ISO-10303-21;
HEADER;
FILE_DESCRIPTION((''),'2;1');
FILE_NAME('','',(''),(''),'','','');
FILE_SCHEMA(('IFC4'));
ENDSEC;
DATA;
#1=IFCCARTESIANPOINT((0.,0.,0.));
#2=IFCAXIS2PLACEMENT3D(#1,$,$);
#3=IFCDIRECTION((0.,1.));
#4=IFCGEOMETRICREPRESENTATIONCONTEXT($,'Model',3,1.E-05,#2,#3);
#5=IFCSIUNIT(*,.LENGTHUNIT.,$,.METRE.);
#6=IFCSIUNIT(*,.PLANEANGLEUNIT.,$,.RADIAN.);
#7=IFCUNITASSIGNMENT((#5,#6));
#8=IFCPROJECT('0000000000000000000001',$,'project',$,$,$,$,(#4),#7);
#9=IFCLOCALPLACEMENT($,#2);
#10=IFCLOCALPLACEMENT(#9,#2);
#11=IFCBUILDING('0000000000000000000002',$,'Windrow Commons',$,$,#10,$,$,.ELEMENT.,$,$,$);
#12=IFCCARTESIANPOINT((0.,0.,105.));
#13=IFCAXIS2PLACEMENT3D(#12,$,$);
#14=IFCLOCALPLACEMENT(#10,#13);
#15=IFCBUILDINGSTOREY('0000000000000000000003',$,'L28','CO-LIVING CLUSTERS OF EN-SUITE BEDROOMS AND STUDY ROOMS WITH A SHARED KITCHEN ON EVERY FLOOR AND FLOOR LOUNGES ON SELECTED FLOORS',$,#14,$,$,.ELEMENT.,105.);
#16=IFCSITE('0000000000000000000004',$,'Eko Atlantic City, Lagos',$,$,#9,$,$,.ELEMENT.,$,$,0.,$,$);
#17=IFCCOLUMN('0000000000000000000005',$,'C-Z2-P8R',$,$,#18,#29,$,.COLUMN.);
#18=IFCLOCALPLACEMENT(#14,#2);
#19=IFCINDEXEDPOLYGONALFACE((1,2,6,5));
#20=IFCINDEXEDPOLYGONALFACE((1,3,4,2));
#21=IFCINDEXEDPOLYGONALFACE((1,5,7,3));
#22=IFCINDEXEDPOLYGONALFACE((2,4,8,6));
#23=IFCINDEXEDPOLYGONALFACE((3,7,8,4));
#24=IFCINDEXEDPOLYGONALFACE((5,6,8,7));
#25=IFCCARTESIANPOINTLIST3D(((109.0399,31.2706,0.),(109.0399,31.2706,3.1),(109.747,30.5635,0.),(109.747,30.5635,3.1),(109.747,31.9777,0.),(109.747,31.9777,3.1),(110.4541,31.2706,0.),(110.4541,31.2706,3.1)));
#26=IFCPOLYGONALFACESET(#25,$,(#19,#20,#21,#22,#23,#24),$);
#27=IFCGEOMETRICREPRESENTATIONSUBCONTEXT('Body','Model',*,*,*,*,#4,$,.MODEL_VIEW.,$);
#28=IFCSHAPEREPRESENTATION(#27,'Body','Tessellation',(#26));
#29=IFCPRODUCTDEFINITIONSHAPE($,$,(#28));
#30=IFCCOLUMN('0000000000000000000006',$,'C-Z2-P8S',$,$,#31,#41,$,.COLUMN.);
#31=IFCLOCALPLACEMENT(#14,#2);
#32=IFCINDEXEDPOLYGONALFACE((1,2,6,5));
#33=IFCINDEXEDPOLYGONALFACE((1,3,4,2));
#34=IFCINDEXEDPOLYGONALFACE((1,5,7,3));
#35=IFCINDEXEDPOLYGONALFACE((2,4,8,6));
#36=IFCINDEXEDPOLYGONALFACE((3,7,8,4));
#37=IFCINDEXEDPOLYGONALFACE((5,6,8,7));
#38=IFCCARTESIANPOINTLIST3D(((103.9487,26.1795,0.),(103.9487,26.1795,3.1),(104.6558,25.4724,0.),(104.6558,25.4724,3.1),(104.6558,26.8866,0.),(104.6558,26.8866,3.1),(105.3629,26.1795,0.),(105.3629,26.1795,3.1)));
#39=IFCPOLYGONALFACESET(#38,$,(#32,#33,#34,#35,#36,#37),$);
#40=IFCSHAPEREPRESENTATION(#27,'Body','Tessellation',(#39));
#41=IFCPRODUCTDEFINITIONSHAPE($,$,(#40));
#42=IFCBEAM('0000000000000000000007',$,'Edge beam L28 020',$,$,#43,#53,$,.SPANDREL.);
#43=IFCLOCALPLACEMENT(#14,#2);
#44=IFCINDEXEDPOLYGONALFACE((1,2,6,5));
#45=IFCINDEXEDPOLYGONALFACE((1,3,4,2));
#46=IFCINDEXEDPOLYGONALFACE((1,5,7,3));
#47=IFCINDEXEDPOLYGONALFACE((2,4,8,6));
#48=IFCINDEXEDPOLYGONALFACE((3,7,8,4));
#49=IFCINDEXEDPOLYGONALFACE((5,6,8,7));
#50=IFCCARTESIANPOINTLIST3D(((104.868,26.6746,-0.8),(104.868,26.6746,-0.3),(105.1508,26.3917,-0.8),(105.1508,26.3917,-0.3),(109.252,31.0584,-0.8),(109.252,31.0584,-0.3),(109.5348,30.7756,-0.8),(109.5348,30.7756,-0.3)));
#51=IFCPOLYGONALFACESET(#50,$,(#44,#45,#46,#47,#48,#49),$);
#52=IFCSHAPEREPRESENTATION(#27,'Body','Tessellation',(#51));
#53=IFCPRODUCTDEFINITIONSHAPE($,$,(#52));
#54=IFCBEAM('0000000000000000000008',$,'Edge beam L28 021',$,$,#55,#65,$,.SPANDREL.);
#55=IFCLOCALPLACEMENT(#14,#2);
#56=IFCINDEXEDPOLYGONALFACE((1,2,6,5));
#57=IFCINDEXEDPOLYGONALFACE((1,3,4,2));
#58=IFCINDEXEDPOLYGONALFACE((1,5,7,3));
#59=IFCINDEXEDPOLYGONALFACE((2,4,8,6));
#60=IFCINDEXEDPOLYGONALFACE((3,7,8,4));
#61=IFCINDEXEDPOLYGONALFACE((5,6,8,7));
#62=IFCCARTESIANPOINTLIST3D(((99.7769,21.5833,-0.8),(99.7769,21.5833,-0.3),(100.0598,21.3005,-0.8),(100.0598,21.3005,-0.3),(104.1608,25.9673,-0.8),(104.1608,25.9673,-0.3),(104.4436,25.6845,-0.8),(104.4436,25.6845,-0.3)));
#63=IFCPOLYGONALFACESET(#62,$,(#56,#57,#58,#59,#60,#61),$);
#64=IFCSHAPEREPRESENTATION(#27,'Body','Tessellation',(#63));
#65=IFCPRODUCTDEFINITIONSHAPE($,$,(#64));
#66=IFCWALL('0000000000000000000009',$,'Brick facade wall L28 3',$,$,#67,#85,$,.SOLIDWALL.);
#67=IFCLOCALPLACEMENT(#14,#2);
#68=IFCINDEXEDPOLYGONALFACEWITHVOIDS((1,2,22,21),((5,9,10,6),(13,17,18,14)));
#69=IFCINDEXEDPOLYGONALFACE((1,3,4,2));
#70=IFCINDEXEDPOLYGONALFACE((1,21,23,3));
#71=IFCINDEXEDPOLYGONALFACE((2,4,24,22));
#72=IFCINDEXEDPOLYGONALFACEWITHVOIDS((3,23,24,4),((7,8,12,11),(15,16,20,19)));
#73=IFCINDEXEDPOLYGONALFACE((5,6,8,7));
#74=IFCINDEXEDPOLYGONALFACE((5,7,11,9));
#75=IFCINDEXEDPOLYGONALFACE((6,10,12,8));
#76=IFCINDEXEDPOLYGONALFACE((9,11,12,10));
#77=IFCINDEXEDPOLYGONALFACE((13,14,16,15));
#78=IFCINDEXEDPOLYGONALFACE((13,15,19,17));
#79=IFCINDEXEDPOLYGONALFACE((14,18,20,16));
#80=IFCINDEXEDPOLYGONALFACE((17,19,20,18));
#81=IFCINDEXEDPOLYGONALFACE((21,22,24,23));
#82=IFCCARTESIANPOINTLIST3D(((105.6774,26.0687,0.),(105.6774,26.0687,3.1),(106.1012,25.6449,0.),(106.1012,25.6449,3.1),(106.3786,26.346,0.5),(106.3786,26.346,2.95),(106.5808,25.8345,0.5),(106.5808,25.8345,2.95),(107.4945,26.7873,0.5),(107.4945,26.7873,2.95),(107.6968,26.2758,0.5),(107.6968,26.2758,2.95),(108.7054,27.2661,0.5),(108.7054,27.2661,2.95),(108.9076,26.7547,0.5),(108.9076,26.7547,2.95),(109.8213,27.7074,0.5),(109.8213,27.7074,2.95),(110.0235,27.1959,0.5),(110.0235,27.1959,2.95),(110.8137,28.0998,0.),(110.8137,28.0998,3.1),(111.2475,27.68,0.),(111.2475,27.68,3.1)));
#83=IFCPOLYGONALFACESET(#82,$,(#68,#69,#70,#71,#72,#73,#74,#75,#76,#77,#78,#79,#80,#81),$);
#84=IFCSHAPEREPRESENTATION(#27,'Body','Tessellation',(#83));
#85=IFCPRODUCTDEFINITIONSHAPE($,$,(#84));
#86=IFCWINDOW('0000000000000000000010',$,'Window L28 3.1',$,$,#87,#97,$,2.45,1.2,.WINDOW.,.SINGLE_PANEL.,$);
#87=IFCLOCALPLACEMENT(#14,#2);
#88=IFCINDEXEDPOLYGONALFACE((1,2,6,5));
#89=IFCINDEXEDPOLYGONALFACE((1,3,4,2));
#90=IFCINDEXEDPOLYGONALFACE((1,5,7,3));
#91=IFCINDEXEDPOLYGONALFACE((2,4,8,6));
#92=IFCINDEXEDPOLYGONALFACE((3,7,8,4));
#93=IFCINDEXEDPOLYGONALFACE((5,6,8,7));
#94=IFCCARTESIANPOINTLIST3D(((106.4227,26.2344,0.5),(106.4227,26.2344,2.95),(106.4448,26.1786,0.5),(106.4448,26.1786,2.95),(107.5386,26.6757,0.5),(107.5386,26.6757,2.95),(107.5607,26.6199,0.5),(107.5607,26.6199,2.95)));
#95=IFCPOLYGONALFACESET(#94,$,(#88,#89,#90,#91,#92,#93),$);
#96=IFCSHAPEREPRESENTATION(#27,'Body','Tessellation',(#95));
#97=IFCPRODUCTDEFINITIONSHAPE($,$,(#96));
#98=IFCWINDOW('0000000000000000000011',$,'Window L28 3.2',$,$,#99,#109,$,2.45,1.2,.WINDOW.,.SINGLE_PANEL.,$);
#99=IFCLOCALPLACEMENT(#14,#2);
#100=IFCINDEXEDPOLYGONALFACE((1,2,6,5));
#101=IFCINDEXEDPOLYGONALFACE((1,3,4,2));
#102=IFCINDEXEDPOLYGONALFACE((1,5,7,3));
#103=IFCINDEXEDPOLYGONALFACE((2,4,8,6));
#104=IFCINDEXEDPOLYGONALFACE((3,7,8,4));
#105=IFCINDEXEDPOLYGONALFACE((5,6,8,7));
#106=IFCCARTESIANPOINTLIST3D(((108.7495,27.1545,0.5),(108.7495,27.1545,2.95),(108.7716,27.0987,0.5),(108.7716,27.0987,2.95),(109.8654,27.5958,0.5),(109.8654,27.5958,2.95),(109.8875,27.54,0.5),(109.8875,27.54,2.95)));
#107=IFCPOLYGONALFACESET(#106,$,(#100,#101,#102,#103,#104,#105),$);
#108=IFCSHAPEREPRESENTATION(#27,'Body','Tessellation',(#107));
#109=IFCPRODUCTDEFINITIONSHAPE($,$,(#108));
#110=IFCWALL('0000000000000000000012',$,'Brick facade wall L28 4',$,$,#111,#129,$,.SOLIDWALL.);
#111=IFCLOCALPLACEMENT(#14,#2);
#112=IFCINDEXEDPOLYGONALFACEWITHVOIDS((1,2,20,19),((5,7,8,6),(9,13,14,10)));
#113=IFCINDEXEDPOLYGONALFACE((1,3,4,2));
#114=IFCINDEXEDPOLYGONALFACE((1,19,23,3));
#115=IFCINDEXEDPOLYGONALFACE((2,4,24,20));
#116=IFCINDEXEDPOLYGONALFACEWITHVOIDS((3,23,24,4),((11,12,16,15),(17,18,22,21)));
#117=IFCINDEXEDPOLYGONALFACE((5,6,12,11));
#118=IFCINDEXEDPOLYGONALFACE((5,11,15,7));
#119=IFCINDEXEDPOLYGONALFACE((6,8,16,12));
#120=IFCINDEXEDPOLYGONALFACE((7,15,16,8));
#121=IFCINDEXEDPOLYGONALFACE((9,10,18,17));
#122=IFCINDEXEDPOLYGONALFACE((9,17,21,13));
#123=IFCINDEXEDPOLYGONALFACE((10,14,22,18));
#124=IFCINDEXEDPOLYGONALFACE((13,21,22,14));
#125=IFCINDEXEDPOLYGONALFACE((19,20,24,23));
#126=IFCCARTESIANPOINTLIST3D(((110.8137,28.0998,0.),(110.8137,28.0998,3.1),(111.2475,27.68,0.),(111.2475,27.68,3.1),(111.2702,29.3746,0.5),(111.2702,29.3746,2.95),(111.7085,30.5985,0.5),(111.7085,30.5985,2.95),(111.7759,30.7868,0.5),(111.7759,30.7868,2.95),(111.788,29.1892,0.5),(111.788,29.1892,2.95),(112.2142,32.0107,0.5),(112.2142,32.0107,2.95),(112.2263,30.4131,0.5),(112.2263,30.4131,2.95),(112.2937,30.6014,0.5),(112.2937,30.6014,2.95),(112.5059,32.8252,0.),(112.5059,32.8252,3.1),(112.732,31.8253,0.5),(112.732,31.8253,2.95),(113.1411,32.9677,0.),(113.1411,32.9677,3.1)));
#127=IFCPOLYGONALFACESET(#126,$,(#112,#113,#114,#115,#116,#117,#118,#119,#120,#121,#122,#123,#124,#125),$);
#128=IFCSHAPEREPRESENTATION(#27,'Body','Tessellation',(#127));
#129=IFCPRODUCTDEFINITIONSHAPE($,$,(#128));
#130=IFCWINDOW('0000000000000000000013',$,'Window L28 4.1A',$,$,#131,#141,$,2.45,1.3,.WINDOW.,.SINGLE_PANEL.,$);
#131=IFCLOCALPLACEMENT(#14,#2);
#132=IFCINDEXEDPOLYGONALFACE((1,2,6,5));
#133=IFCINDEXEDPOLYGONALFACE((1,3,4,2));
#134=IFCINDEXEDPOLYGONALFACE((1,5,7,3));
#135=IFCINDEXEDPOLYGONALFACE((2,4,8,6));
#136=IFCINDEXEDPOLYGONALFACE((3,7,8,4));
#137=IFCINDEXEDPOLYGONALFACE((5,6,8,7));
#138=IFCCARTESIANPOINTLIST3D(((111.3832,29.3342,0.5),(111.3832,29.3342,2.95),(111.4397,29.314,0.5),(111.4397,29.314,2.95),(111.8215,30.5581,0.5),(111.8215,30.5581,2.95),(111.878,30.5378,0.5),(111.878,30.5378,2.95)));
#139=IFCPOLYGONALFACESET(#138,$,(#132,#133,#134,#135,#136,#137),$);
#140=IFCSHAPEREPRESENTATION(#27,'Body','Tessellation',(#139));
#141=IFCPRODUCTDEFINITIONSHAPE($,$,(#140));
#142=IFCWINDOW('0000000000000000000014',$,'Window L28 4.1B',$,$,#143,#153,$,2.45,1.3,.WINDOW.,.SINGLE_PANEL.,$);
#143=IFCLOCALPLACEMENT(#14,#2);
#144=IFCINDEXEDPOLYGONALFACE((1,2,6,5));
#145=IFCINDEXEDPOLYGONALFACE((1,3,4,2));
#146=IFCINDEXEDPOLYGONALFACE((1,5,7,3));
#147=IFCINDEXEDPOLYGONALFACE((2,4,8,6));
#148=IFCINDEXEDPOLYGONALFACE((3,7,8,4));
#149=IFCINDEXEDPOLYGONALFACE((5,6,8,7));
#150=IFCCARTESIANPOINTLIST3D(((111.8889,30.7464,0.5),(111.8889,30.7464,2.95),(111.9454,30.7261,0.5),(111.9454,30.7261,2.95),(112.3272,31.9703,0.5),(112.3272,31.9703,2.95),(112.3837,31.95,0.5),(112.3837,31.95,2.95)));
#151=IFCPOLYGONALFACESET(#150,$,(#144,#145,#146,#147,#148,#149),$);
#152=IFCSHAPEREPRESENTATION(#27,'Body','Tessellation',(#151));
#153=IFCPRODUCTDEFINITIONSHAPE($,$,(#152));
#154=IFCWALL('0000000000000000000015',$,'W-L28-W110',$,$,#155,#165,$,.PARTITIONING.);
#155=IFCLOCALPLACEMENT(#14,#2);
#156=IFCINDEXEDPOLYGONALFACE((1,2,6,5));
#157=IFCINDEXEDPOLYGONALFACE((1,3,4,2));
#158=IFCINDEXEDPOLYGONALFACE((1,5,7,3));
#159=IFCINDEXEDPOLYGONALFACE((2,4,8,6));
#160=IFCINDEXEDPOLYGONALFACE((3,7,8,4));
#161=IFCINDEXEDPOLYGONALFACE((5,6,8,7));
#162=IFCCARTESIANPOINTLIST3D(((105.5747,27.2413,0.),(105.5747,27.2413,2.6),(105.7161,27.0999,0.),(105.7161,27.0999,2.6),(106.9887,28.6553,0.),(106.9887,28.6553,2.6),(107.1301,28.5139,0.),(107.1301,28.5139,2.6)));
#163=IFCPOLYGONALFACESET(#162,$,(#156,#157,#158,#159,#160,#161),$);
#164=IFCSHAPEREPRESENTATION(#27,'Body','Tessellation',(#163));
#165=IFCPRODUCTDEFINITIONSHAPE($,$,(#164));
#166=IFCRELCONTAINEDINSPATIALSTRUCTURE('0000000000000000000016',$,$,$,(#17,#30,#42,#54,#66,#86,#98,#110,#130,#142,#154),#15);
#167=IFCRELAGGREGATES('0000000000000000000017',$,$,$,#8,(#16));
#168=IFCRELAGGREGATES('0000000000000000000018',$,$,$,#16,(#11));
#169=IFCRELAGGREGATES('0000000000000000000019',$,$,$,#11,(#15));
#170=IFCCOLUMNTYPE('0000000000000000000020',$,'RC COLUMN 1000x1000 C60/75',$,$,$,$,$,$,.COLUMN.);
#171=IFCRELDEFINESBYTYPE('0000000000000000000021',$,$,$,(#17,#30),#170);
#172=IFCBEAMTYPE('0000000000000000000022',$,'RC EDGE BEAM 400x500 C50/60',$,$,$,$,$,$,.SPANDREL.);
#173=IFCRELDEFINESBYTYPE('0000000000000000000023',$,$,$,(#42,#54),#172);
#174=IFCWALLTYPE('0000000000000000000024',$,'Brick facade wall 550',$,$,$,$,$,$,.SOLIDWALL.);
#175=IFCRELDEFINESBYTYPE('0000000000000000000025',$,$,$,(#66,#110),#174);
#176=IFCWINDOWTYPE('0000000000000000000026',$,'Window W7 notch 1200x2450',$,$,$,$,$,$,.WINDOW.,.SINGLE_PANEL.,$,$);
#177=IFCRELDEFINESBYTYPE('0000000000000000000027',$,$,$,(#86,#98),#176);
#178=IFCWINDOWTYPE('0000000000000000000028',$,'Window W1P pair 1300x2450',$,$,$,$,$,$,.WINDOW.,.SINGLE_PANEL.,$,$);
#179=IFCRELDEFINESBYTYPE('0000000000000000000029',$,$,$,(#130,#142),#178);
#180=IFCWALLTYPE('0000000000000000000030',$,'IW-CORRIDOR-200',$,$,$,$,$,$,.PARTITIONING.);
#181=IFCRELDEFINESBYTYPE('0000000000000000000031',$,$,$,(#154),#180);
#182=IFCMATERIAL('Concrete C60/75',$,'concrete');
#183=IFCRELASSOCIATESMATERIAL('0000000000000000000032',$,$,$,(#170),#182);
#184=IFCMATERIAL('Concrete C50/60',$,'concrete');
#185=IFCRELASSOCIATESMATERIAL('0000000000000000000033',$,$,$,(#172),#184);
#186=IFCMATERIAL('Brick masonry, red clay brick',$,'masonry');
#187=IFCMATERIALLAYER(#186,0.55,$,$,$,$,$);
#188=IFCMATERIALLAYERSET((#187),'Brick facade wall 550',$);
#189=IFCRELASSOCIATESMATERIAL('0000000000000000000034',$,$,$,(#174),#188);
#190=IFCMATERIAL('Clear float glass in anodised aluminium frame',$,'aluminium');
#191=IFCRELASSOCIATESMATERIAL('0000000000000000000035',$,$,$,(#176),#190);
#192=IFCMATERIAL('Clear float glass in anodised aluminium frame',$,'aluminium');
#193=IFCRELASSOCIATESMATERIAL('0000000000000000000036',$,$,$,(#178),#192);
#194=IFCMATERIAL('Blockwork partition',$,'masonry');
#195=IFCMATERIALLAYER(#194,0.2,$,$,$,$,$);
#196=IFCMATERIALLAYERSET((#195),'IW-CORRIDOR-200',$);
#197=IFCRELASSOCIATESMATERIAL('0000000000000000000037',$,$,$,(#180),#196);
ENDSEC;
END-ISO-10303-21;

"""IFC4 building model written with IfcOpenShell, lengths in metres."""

from ifc_helpers import new_model, si_unit, direction, frame, frame_2d, origin, origin_2d, place, context, subcontext, project, spatial, polyline, rectangle, outline, extrude, material, layer, layer_set, material_profile, profile_set, type_object, element, fill, save


model = new_model("IFC4")

# Units and contexts
model_context = context("Model", 3, precision=1e-05, world=origin(), true_north=direction((0.0, 1.0)))
body_context = subcontext(model_context, "Body", "Model", "MODEL_VIEW")
ifc_project = project(units=[si_unit("LENGTHUNIT", "METRE"), si_unit("PLANEANGLEUNIT", "RADIAN")], contexts=[model_context])

# Site, building, storey
site_placement = place(None, origin())
site = spatial("IfcSite", under=ifc_project, at=site_placement, Name="Eko Atlantic City, Lagos", CompositionType="ELEMENT", RefElevation=0.0)
building_placement = place(site_placement, origin())
building = spatial("IfcBuilding", under=site, at=building_placement, Name="Windrow Commons", CompositionType="ELEMENT")
storey_placement = place(building_placement, frame((0.0, 0.0, 105.0)))
storey = spatial("IfcBuildingStorey", under=building, at=storey_placement, Name="L28", Description="CO-LIVING CLUSTERS OF EN-SUITE BEDROOMS AND STUDY ROOMS WITH A SHARED KITCHEN ON EVERY FLOOR AND FLOOR LOUNGES ON SELECTED FLOORS", CompositionType="ELEMENT", Elevation=105.0)

# Columns
ifc_material_1 = material(Name="Concrete C60/75", Category="concrete")
ifc_material_profile_1 = material_profile(ifc_material_1, rectangle(XDim=1.0, YDim=1.0, at=origin_2d()))
ifc_profile_set_1 = profile_set([ifc_material_profile_1], Name="Concrete C60/75")
column_type = type_object("IfcColumnType", Name="RC COLUMN 1000x1000 C60/75", PredefinedType="COLUMN", material=ifc_profile_set_1)
for number, where, z_axis, x_axis, name in (
    (1, (109.747, 31.2706, 0.0), (0.0, 0.0, 1.0), (0.707107, -0.707107, 0.0), "C-Z2-P8R"),
    (2, (104.6558, 26.1795, 0.0), (0.0, 0.0, 1.0), (0.707107, -0.707107, 0.0), "C-Z2-P8S"),
):
    element("IfcColumn", number, at=place(storey_placement, frame(where, z_axis=z_axis, x_axis=x_axis)), inside=storey, type_object=column_type, Name=name, PredefinedType="COLUMN", context=body_context, shape_type="SweptSolid", body=[
        extrude(rectangle(XDim=1.0, YDim=1.0, at=origin_2d()), origin(), (0.0, 0.0, 1.0), 3.1),
    ])

# Beams
ifc_material_2 = material(Name="Concrete C50/60", Category="concrete")
ifc_material_profile_2 = material_profile(ifc_material_2, rectangle(XDim=0.4, YDim=0.5, at=origin_2d()))
ifc_profile_set_2 = profile_set([ifc_material_profile_2], Name="Concrete C50/60")
beam_type = type_object("IfcBeamType", Name="RC EDGE BEAM 400x500 C50/60", PredefinedType="SPANDREL", material=ifc_profile_set_2)
for number, where, z_axis, x_axis, name in (
    (3, (109.3934, 30.917, -0.55), (-0.707115, -0.707099, 0.0), (0.707099, -0.707115, 0.0), "Edge beam L28 020"),
    (4, (104.3022, 25.8259, -0.55), (-0.707099, -0.707115, 0.0), (0.707115, -0.707099, 0.0), "Edge beam L28 021"),
):
    element("IfcBeam", number, at=place(storey_placement, frame(where, z_axis=z_axis, x_axis=x_axis)), inside=storey, type_object=beam_type, Name=name, PredefinedType="SPANDREL", context=body_context, shape_type="SweptSolid", body=[
        extrude(rectangle(XDim=0.4, YDim=0.5, at=origin_2d()), origin(), (0.0, 0.0, 1.0), 6.1998),
    ])

# Walls, openings, windows
ifc_material_3 = material(Name="Brick masonry, red clay brick", Category="masonry")
ifc_layer_1 = layer(ifc_material_3, 0.55)
ifc_layer_set_1 = layer_set([ifc_layer_1], Name="Brick facade wall 550")
wall_type_1 = type_object("IfcWallType", Name="Brick facade wall 550", PredefinedType="SOLIDWALL", material=ifc_layer_set_1)
wall_1_placement = place(storey_placement, frame((105.8893, 25.8568, 0.0), z_axis=(0.0, 0.0, 1.0), x_axis=(0.92993, 0.367736, 0.0)))
wall_1 = element("IfcWall", 5, at=wall_1_placement, inside=storey, type_object=wall_type_1, Name="Brick facade wall L28 3", PredefinedType="SOLIDWALL", context=body_context, shape_type="SweptSolid", body=[
    extrude(outline(polyline([(0.1191, -0.275), (5.6532, -0.275), (5.4042, 0.275), (-0.1191, 0.275), (0.1191, -0.275)])), origin(), (0.0, 0.0, 1.0), 3.1),
])
opening_1_placement = place(wall_1_placement, frame((0.6349, 0.0, 0.5)))
opening_1 = element("IfcOpeningElement", 6, at=opening_1_placement, cuts=wall_1, PredefinedType="OPENING", context=body_context, shape_type="SweptSolid", body=[
    extrude(rectangle(XDim=1.2, YDim=2.45, at=frame_2d((0.6, 1.225))), frame((0.0, 0.285, 0.0), z_axis=(0.0, -1.0, 0.0), x_axis=(1.0, 0.0, 0.0)), (0.0, 0.0, 1.0), 0.57),
])
opening_2_placement = place(wall_1_placement, frame((3.137, 0.0, 0.5)))
opening_2 = element("IfcOpeningElement", 7, at=opening_2_placement, cuts=wall_1, PredefinedType="OPENING", context=body_context, shape_type="SweptSolid", body=[
    extrude(rectangle(XDim=1.2, YDim=2.45, at=frame_2d((0.6, 1.225))), frame((0.0, 0.285, 0.0), z_axis=(0.0, -1.0, 0.0), x_axis=(1.0, 0.0, 0.0)), (0.0, 0.0, 1.0), 0.57),
])
ifc_material_4 = material(Name="Clear float glass in anodised aluminium frame", Category="aluminium")
window_type_1 = type_object("IfcWindowType", Name="Window W7 notch 1200x2450", PartitioningType="SINGLE_PANEL", PredefinedType="WINDOW", material=ifc_material_4)
window_1_placement = place(opening_1_placement, origin())
window_1 = element("IfcWindow", 8, at=window_1_placement, inside=storey, type_object=window_type_1, Name="Window L28 3.1", OverallHeight=2.45, OverallWidth=1.2, PartitioningType="SINGLE_PANEL", PredefinedType="WINDOW", context=body_context, shape_type="SweptSolid", body=[
    extrude(rectangle(XDim=1.2, YDim=2.45, at=frame_2d((0.6, 1.225))), frame((0.0, 0.155, 0.0), z_axis=(0.0, -1.0, 0.0), x_axis=(1.0, 0.0, 0.0)), (0.0, 0.0, 1.0), 0.06),
])
fill(opening_1, window_1)
window_2_placement = place(opening_2_placement, origin())
window_2 = element("IfcWindow", 9, at=window_2_placement, inside=storey, type_object=window_type_1, Name="Window L28 3.2", OverallHeight=2.45, OverallWidth=1.2, PartitioningType="SINGLE_PANEL", PredefinedType="WINDOW", context=body_context, shape_type="SweptSolid", body=[
    extrude(rectangle(XDim=1.2, YDim=2.45, at=frame_2d((0.6, 1.225))), frame((0.0, 0.155, 0.0), z_axis=(0.0, -1.0, 0.0), x_axis=(1.0, 0.0, 0.0)), (0.0, 0.0, 1.0), 0.06),
])
fill(opening_2, window_2)
wall_2_placement = place(storey_placement, frame((111.0306, 27.8899, 0.0), z_axis=(0.0, 0.0, 1.0), x_axis=(0.337148, 0.941452, 0.0)))
wall_2 = element("IfcWall", 10, at=wall_2_placement, inside=storey, type_object=wall_type_1, Name="Brick facade wall L28 4", PredefinedType="SOLIDWALL", context=body_context, shape_type="SweptSolid", body=[
    extrude(outline(polyline([(-0.1245, -0.275), (5.4921, -0.275), (5.1437, 0.275), (0.1245, 0.275), (-0.1245, -0.275)])), origin(), (0.0, 0.0, 1.0), 3.1),
])
opening_3_placement = place(wall_2_placement, frame((1.4786, 0.0, 0.5)))
opening_3 = element("IfcOpeningElement", 11, at=opening_3_placement, cuts=wall_2, PredefinedType="OPENING", context=body_context, shape_type="SweptSolid", body=[
    extrude(rectangle(XDim=1.3, YDim=2.45, at=frame_2d((0.65, 1.225))), frame((0.0, 0.285, 0.0), z_axis=(0.0, -1.0, 0.0), x_axis=(1.0, 0.0, 0.0)), (0.0, 0.0, 1.0), 0.57),
])
opening_4_placement = place(wall_2_placement, frame((2.9786, 0.0, 0.5)))
opening_4 = element("IfcOpeningElement", 12, at=opening_4_placement, cuts=wall_2, PredefinedType="OPENING", context=body_context, shape_type="SweptSolid", body=[
    extrude(rectangle(XDim=1.3, YDim=2.45, at=frame_2d((0.65, 1.225))), frame((0.0, 0.285, 0.0), z_axis=(0.0, -1.0, 0.0), x_axis=(1.0, 0.0, 0.0)), (0.0, 0.0, 1.0), 0.57),
])
ifc_material_5 = material(Name="Clear float glass in anodised aluminium frame", Category="aluminium")
window_type_2 = type_object("IfcWindowType", Name="Window W1P pair 1300x2450", PartitioningType="SINGLE_PANEL", PredefinedType="WINDOW", material=ifc_material_5)
window_3_placement = place(opening_3_placement, origin())
window_3 = element("IfcWindow", 13, at=window_3_placement, inside=storey, type_object=window_type_2, Name="Window L28 4.1A", OverallHeight=2.45, OverallWidth=1.3, PartitioningType="SINGLE_PANEL", PredefinedType="WINDOW", context=body_context, shape_type="SweptSolid", body=[
    extrude(rectangle(XDim=1.3, YDim=2.45, at=frame_2d((0.65, 1.225))), frame((0.0, 0.155, 0.0), z_axis=(0.0, -1.0, 0.0), x_axis=(1.0, 0.0, 0.0)), (0.0, 0.0, 1.0), 0.06),
])
fill(opening_3, window_3)
window_4_placement = place(opening_4_placement, origin())
window_4 = element("IfcWindow", 14, at=window_4_placement, inside=storey, type_object=window_type_2, Name="Window L28 4.1B", OverallHeight=2.45, OverallWidth=1.3, PartitioningType="SINGLE_PANEL", PredefinedType="WINDOW", context=body_context, shape_type="SweptSolid", body=[
    extrude(rectangle(XDim=1.3, YDim=2.45, at=frame_2d((0.65, 1.225))), frame((0.0, 0.155, 0.0), z_axis=(0.0, -1.0, 0.0), x_axis=(1.0, 0.0, 0.0)), (0.0, 0.0, 1.0), 0.06),
])
fill(opening_4, window_4)

# Wall
ifc_material_6 = material(Name="Blockwork partition", Category="masonry")
ifc_layer_2 = layer(ifc_material_6, 0.2)
ifc_layer_set_2 = layer_set([ifc_layer_2], Name="IW-CORRIDOR-200")
wall_type_2 = type_object("IfcWallType", Name="IW-CORRIDOR-200", PredefinedType="PARTITIONING", material=ifc_layer_set_2)
wall_3_placement = place(storey_placement, frame((105.6454, 27.1706, 0.0), z_axis=(0.0, 0.0, 1.0), x_axis=(0.707107, 0.707107, 0.0)))
element("IfcWall", 15, at=wall_3_placement, inside=storey, type_object=wall_type_2, Name="W-L28-W110", PredefinedType="PARTITIONING", context=body_context, shape_type="SweptSolid", body=[
    extrude(rectangle(XDim=1.9997, YDim=0.2, at=frame_2d((0.9999, 0.0))), origin(), (0.0, 0.0, 1.0), 2.6),
])

save(model, "model.ifc")
